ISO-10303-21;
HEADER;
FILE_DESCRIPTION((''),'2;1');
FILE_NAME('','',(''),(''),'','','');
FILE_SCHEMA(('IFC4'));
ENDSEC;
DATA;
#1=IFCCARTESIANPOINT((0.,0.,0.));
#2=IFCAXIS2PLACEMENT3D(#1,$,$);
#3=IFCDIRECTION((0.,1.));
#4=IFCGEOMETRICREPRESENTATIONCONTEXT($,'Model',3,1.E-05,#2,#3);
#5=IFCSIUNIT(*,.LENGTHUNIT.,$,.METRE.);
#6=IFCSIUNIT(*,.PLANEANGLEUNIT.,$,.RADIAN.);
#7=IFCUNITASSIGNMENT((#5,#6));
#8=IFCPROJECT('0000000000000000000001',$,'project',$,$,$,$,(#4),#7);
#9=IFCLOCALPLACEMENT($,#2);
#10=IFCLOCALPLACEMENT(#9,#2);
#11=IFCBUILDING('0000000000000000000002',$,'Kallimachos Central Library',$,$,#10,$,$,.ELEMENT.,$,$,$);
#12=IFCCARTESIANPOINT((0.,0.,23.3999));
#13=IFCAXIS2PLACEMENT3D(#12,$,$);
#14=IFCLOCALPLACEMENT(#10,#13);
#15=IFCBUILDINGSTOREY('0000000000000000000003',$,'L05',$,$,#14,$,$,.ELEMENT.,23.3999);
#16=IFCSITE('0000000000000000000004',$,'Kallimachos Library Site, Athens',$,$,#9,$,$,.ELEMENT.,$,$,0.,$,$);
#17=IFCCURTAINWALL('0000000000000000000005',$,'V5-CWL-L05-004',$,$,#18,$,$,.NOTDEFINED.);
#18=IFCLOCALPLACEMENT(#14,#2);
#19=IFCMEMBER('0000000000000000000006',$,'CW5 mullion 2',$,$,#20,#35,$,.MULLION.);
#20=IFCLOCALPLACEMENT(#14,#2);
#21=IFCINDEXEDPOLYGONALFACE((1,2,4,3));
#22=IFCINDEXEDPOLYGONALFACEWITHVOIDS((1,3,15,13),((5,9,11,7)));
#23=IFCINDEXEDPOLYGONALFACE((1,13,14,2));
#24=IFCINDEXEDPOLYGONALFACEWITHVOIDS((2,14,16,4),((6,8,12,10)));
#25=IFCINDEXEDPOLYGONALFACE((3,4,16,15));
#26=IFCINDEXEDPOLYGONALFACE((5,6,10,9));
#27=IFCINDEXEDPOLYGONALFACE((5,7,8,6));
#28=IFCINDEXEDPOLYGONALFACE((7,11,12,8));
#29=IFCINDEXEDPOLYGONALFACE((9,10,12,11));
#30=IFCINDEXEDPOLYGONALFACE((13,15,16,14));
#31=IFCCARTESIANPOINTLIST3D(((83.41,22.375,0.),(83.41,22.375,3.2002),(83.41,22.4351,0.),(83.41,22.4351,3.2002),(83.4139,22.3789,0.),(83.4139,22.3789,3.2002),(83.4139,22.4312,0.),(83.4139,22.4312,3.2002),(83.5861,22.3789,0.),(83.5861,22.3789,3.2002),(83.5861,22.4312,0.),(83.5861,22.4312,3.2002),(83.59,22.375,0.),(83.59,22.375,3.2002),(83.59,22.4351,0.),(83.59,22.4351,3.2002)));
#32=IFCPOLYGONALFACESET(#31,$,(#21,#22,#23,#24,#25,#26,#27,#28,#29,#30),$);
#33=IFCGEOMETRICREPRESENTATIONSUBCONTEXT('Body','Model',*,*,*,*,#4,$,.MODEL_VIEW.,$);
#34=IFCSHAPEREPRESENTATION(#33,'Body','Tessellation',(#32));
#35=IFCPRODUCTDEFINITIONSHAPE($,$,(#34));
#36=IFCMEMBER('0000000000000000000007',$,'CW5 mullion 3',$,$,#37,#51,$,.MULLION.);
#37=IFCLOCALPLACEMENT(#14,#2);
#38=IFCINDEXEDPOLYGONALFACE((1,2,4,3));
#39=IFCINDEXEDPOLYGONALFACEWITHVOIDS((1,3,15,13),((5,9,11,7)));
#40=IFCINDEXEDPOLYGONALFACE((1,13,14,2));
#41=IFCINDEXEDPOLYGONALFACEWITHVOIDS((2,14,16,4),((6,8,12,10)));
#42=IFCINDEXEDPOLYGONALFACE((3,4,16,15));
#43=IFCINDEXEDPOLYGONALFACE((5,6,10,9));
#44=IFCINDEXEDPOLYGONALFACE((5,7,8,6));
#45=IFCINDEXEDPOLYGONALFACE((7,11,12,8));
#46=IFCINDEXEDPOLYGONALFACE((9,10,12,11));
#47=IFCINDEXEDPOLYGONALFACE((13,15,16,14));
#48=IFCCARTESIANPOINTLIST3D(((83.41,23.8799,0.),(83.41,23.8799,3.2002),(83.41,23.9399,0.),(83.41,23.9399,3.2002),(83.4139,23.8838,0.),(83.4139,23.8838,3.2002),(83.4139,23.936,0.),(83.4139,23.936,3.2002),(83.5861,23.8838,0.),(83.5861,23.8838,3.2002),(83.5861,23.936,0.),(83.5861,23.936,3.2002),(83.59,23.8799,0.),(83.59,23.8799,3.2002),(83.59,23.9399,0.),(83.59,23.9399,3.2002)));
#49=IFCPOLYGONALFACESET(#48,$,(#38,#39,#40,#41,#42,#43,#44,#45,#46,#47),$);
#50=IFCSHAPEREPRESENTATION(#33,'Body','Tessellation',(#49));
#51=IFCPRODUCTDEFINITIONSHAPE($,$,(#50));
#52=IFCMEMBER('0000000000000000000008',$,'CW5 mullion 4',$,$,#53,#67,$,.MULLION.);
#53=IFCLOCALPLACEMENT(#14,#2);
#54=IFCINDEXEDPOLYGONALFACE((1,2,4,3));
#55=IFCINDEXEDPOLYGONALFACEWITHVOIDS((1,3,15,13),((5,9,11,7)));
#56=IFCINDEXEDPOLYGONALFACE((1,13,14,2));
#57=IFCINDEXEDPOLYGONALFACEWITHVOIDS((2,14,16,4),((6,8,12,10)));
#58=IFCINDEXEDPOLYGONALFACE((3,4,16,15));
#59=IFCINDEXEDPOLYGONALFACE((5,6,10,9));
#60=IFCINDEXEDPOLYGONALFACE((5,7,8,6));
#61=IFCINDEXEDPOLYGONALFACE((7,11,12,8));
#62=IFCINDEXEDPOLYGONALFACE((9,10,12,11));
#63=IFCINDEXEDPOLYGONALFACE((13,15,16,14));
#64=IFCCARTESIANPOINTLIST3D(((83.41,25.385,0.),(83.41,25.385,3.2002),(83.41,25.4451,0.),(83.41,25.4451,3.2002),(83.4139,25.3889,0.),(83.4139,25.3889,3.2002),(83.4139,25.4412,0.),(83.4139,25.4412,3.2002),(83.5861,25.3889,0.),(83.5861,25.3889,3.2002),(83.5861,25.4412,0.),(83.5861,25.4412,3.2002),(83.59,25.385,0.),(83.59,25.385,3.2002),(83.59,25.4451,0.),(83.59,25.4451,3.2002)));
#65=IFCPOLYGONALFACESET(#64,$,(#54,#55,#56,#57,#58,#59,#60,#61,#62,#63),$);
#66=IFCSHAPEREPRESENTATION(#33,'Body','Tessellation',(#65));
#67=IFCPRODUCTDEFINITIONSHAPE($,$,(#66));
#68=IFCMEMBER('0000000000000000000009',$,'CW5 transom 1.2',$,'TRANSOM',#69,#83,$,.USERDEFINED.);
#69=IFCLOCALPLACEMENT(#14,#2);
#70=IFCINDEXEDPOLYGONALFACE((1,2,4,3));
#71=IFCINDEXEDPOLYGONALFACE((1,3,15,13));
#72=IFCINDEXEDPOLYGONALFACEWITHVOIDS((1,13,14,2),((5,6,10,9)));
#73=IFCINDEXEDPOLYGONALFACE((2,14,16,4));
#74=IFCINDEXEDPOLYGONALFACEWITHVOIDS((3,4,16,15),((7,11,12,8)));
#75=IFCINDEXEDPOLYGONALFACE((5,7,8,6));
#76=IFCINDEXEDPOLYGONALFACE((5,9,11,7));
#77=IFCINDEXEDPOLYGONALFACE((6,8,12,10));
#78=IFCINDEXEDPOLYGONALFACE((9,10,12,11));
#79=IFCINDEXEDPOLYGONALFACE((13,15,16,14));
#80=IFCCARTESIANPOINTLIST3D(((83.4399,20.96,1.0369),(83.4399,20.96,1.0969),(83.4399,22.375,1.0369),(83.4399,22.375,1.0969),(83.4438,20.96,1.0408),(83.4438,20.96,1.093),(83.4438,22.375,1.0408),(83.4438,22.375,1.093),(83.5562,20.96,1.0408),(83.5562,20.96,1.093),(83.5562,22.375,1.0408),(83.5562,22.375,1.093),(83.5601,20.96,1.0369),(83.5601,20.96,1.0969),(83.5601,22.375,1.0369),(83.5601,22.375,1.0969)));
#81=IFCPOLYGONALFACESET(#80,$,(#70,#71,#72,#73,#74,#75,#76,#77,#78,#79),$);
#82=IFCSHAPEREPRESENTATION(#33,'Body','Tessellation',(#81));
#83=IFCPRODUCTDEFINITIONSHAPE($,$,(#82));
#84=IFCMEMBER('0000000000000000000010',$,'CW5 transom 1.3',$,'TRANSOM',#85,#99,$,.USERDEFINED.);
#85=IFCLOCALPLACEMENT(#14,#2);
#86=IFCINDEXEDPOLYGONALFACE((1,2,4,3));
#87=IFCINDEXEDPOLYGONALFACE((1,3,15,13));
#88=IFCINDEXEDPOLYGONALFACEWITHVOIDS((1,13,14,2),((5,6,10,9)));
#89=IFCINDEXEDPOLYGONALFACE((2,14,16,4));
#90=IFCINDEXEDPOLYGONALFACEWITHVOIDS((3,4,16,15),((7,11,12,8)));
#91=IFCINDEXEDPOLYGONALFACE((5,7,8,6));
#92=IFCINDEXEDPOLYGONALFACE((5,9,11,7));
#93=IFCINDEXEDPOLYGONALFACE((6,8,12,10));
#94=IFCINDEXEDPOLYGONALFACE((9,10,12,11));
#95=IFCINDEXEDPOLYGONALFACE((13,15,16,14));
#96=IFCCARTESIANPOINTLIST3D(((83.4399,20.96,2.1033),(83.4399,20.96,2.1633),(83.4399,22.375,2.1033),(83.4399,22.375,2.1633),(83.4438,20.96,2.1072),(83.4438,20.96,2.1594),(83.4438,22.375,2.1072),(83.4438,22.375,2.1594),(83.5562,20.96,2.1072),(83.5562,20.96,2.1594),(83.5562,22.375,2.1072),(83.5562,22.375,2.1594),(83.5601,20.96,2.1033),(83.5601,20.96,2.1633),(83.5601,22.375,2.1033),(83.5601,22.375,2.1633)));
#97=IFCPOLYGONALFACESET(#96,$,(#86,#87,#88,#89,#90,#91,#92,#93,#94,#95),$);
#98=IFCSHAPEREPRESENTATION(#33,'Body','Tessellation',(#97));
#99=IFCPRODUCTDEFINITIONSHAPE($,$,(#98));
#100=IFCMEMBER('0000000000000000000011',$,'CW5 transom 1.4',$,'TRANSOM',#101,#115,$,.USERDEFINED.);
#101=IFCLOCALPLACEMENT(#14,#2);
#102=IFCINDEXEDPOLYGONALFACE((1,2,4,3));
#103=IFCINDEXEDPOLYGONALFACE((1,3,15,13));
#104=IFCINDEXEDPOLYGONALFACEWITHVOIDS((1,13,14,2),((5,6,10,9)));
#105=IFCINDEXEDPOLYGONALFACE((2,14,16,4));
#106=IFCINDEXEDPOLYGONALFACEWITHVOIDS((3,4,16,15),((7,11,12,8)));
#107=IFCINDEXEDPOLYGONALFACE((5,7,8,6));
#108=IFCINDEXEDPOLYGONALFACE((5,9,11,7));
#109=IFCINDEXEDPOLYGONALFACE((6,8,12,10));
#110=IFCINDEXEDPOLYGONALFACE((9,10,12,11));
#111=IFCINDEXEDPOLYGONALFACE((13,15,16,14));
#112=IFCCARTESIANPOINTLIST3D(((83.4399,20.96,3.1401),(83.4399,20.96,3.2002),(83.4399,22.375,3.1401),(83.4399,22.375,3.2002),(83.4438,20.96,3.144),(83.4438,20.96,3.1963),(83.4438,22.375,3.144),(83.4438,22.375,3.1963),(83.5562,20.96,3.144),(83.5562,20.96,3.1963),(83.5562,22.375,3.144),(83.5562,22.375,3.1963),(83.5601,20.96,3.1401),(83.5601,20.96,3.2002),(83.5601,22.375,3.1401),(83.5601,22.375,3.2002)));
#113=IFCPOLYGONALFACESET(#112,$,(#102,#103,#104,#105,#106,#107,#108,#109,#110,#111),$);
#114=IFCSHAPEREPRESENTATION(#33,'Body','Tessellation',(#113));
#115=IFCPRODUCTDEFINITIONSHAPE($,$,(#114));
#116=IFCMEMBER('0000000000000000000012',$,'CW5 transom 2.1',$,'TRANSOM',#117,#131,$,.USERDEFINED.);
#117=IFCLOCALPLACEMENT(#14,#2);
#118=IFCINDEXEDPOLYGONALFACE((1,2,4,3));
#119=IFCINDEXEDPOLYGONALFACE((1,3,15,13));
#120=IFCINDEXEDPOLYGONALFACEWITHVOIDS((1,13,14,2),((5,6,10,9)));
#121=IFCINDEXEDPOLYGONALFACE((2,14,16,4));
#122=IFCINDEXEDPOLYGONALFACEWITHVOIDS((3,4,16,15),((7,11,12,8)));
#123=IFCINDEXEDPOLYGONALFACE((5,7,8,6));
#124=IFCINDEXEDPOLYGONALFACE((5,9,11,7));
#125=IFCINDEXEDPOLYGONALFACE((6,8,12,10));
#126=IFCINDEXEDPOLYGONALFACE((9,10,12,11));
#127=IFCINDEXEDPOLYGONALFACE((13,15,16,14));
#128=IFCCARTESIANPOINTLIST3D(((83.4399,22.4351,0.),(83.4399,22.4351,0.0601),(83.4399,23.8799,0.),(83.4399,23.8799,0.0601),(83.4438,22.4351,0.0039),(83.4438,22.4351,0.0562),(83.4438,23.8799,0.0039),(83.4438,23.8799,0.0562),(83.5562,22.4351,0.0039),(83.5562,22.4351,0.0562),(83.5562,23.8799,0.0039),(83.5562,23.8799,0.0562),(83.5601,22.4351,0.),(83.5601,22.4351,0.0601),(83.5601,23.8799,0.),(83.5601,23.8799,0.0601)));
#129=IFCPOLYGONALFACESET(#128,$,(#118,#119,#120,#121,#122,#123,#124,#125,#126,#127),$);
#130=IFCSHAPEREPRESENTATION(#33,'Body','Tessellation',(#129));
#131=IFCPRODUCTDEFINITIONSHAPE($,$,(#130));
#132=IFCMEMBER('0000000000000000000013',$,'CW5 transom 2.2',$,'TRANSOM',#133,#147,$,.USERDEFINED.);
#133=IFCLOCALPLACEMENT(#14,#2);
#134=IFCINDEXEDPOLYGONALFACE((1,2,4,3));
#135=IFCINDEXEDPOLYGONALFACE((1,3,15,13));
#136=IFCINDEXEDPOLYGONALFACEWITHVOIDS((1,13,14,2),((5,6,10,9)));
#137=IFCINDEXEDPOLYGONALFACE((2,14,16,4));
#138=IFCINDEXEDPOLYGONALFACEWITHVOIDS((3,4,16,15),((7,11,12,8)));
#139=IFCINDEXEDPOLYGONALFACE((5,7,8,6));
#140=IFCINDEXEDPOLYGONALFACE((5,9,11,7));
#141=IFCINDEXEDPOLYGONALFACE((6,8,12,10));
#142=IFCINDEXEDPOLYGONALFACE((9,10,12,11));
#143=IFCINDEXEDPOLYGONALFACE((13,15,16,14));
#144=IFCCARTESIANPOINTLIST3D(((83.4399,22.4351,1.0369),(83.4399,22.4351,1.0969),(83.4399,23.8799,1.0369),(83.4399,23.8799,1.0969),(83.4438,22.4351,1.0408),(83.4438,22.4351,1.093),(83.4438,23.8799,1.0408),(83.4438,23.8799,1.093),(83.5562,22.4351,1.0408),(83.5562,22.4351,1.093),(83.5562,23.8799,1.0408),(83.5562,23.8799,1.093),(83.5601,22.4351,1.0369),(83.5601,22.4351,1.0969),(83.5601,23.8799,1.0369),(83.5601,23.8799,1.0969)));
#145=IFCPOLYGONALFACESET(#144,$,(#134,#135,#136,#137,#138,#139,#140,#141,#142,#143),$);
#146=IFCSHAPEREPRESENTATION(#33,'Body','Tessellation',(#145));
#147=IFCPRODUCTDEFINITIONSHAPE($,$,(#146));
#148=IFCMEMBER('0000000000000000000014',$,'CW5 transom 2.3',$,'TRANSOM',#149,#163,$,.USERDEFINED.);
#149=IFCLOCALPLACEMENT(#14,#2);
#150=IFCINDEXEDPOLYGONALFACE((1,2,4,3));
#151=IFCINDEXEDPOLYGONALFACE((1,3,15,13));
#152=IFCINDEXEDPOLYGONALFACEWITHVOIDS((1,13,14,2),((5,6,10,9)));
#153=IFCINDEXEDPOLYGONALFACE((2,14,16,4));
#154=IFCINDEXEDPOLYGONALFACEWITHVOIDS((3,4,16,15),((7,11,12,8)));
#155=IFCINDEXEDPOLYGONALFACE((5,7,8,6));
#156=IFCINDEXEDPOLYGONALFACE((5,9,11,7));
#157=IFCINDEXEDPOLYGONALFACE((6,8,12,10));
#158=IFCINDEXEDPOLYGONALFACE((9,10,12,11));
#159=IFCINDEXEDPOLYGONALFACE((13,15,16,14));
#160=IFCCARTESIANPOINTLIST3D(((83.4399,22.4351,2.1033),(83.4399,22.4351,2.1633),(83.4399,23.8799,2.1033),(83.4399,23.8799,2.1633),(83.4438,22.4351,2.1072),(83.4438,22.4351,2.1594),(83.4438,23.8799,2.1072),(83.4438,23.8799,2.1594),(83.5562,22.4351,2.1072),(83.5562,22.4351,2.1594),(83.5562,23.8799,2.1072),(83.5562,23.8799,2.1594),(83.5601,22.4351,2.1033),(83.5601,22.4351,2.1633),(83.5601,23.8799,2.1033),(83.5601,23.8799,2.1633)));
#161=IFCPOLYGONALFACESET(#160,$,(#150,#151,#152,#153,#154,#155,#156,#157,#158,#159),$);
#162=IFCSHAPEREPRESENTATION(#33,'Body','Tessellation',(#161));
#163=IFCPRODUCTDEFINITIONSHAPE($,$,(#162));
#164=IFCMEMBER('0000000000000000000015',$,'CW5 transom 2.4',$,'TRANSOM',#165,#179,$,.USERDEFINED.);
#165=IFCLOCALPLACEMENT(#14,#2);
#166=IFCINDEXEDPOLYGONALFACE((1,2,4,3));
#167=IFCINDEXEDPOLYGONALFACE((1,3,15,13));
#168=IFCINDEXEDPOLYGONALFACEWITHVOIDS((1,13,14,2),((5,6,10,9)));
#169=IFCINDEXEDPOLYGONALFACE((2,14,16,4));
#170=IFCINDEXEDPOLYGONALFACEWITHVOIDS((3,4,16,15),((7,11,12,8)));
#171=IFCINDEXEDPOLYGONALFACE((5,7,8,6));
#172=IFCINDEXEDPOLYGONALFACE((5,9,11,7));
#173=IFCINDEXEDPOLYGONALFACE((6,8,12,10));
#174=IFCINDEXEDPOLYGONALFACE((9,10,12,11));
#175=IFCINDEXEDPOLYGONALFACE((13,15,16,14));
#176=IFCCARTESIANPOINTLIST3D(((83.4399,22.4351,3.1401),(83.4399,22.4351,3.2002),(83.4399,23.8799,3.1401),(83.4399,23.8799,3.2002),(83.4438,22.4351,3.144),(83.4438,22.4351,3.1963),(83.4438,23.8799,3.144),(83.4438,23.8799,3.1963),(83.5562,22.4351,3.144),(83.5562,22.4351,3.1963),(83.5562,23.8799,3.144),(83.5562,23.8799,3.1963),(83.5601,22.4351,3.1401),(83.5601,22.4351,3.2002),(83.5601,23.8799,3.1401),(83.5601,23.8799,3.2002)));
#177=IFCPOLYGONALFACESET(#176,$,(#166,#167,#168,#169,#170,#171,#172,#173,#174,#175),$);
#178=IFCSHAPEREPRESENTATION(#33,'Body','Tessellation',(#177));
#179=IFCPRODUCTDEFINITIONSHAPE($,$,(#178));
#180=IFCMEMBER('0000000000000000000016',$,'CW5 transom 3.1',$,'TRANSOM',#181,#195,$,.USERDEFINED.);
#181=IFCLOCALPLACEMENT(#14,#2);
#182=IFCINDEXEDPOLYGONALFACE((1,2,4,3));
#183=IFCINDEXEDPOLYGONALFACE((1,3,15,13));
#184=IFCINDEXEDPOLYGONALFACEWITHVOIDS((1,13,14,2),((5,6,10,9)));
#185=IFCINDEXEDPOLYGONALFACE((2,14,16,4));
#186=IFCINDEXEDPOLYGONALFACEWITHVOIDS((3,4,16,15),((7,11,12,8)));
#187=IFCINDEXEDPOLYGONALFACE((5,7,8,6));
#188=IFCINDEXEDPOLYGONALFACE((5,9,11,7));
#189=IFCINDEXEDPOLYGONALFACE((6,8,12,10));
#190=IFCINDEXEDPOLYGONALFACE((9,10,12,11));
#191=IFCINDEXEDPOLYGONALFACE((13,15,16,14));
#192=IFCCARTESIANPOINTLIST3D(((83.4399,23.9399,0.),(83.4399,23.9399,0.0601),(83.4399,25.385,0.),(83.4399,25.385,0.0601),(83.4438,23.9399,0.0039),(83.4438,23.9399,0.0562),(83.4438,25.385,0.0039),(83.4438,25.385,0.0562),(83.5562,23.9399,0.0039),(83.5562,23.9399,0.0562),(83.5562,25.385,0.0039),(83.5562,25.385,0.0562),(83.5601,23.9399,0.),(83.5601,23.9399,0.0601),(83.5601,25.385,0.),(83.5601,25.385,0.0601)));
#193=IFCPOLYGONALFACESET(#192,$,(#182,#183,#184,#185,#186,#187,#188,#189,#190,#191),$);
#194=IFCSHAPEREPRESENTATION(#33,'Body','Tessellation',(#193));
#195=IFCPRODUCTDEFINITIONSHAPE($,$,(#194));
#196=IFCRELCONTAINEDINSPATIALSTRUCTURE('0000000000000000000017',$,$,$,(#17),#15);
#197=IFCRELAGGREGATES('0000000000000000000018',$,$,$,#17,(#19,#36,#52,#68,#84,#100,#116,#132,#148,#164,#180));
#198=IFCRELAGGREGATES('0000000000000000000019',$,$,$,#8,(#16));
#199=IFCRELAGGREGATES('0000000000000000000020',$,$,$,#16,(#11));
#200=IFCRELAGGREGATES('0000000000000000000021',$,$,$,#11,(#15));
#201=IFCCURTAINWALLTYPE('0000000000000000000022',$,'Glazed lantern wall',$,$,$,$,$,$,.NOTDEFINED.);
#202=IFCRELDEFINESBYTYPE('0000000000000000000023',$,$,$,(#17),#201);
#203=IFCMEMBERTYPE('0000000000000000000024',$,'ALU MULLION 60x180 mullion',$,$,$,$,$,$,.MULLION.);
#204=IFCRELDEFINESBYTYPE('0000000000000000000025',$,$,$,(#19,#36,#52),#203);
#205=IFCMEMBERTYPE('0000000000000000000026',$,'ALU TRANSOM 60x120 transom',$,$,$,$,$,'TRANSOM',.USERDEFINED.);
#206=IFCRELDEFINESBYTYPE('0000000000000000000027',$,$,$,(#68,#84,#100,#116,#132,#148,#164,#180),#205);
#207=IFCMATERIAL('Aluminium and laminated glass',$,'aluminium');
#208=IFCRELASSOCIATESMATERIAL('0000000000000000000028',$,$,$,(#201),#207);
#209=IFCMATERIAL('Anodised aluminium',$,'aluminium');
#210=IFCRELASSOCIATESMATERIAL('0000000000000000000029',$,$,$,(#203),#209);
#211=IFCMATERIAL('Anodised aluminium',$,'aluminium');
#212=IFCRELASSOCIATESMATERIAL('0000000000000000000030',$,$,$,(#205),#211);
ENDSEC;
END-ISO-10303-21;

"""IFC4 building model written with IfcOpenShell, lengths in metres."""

from ifc_helpers import new_model, si_unit, direction, frame, origin, origin_2d, place, context, subcontext, project, spatial, hollow_rectangle, extrude, material, material_profile, profile_set, type_object, element, aggregate, save


model = new_model("IFC4")

# Units and contexts
model_context = context("Model", 3, precision=1e-05, world=origin(), true_north=direction((0.0, 1.0)))
body_context = subcontext(model_context, "Body", "Model", "MODEL_VIEW")
ifc_project = project(units=[si_unit("LENGTHUNIT", "METRE"), si_unit("PLANEANGLEUNIT", "RADIAN")], contexts=[model_context])

# Site, building, storey
site_placement = place(None, origin())
site = spatial("IfcSite", under=ifc_project, at=site_placement, Name="Kallimachos Library Site, Athens", CompositionType="ELEMENT", RefElevation=0.0)
building_placement = place(site_placement, origin())
building = spatial("IfcBuilding", under=site, at=building_placement, Name="Kallimachos Central Library", CompositionType="ELEMENT")
storey_placement = place(building_placement, frame((0.0, 0.0, 23.3999)))
storey = spatial("IfcBuildingStorey", under=building, at=storey_placement, Name="L05", CompositionType="ELEMENT", Elevation=23.3999)

# Curtain wall, members
ifc_material_1 = material(Name="Aluminium and laminated glass", Category="aluminium")
curtain_wall_type = type_object("IfcCurtainWallType", Name="Glazed lantern wall", PredefinedType="NOTDEFINED", material=ifc_material_1)
curtain_wall_placement = place(storey_placement, origin())
curtain_wall = element("IfcCurtainWall", 1, at=curtain_wall_placement, inside=storey, type_object=curtain_wall_type, Name="V5-CWL-L05-004", PredefinedType="NOTDEFINED")
ifc_material_2 = material(Name="Anodised aluminium", Category="aluminium")
ifc_material_profile_1 = material_profile(ifc_material_2, hollow_rectangle(XDim=0.0601, YDim=0.1799, WallThickness=0.0039, at=origin_2d()), Name="ALU MULLION 60x180")
ifc_profile_set_1 = profile_set([ifc_material_profile_1], Name="Anodised aluminium")
member_type_1 = type_object("IfcMemberType", Name="ALU MULLION 60x180 mullion", PredefinedType="MULLION", material=ifc_profile_set_1)
member_1_placement = place(storey_placement, frame((83.5, 22.405, 0.0), z_axis=(0.0, 0.0, 1.0), x_axis=(0.0, 1.0, 0.0)))
member_1 = element("IfcMember", 2, at=member_1_placement, type_object=member_type_1, Name="CW5 mullion 2", PredefinedType="MULLION", context=body_context, shape_type="SweptSolid", body=[
    extrude(hollow_rectangle(XDim=0.0601, YDim=0.1799, WallThickness=0.0039, at=origin_2d()), origin(), (0.0, 0.0, 1.0), 3.2002),
])
member_2_placement = place(storey_placement, frame((83.5, 23.9099, 0.0), z_axis=(0.0, 0.0, 1.0), x_axis=(0.0, 1.0, 0.0)))
member_2 = element("IfcMember", 3, at=member_2_placement, type_object=member_type_1, Name="CW5 mullion 3", PredefinedType="MULLION", context=body_context, shape_type="SweptSolid", body=[
    extrude(hollow_rectangle(XDim=0.0601, YDim=0.1799, WallThickness=0.0039, at=origin_2d()), origin(), (0.0, 0.0, 1.0), 3.2002),
])
member_3_placement = place(storey_placement, frame((83.5, 25.415, 0.0), z_axis=(0.0, 0.0, 1.0), x_axis=(0.0, 1.0, 0.0)))
member_3 = element("IfcMember", 4, at=member_3_placement, type_object=member_type_1, Name="CW5 mullion 4", PredefinedType="MULLION", context=body_context, shape_type="SweptSolid", body=[
    extrude(hollow_rectangle(XDim=0.0601, YDim=0.1799, WallThickness=0.0039, at=origin_2d()), origin(), (0.0, 0.0, 1.0), 3.2002),
])
ifc_material_3 = material(Name="Anodised aluminium", Category="aluminium")
ifc_material_profile_2 = material_profile(ifc_material_3, hollow_rectangle(XDim=0.0601, YDim=0.1201, WallThickness=0.0039, at=origin_2d()), Name="ALU TRANSOM 60x120")
ifc_profile_set_2 = profile_set([ifc_material_profile_2], Name="Anodised aluminium")
member_type_2 = type_object("IfcMemberType", Name="ALU TRANSOM 60x120 transom", ElementType="TRANSOM", PredefinedType="USERDEFINED", material=ifc_profile_set_2)
member_4_placement = place(storey_placement, frame((83.5, 20.96, 1.0669), z_axis=(0.0, 1.0, 0.0), x_axis=(0.0, 0.0, 1.0)))
member_4 = element("IfcMember", 5, at=member_4_placement, type_object=member_type_2, Name="CW5 transom 1.2", ObjectType="TRANSOM", PredefinedType="USERDEFINED", context=body_context, shape_type="SweptSolid", body=[
    extrude(hollow_rectangle(XDim=0.0601, YDim=0.1201, WallThickness=0.0039, at=origin_2d()), origin(), (0.0, 0.0, 1.0), 1.415),
])
member_5_placement = place(storey_placement, frame((83.5, 20.96, 2.1333), z_axis=(0.0, 1.0, 0.0), x_axis=(0.0, 0.0, 1.0)))
member_5 = element("IfcMember", 6, at=member_5_placement, type_object=member_type_2, Name="CW5 transom 1.3", ObjectType="TRANSOM", PredefinedType="USERDEFINED", context=body_context, shape_type="SweptSolid", body=[
    extrude(hollow_rectangle(XDim=0.0601, YDim=0.1201, WallThickness=0.0039, at=origin_2d()), origin(), (0.0, 0.0, 1.0), 1.415),
])
member_6_placement = place(storey_placement, frame((83.5, 20.96, 3.1702), z_axis=(0.0, 1.0, 0.0), x_axis=(0.0, 0.0, 1.0)))
member_6 = element("IfcMember", 7, at=member_6_placement, type_object=member_type_2, Name="CW5 transom 1.4", ObjectType="TRANSOM", PredefinedType="USERDEFINED", context=body_context, shape_type="SweptSolid", body=[
    extrude(hollow_rectangle(XDim=0.0601, YDim=0.1201, WallThickness=0.0039, at=origin_2d()), origin(), (0.0, 0.0, 1.0), 1.415),
])
member_7_placement = place(storey_placement, frame((83.5, 22.4351, 0.03), z_axis=(0.0, 1.0, 0.0), x_axis=(0.0, 0.0, 1.0)))
member_7 = element("IfcMember", 8, at=member_7_placement, type_object=member_type_2, Name="CW5 transom 2.1", ObjectType="TRANSOM", PredefinedType="USERDEFINED", context=body_context, shape_type="SweptSolid", body=[
    extrude(hollow_rectangle(XDim=0.0601, YDim=0.1201, WallThickness=0.0039, at=origin_2d()), origin(), (0.0, 0.0, 1.0), 1.4448),
])
member_8_placement = place(storey_placement, frame((83.5, 22.4351, 1.0669), z_axis=(0.0, 1.0, 0.0), x_axis=(0.0, 0.0, 1.0)))
member_8 = element("IfcMember", 9, at=member_8_placement, type_object=member_type_2, Name="CW5 transom 2.2", ObjectType="TRANSOM", PredefinedType="USERDEFINED", context=body_context, shape_type="SweptSolid", body=[
    extrude(hollow_rectangle(XDim=0.0601, YDim=0.1201, WallThickness=0.0039, at=origin_2d()), origin(), (0.0, 0.0, 1.0), 1.4448),
])
member_9_placement = place(storey_placement, frame((83.5, 22.4351, 2.1333), z_axis=(0.0, 1.0, 0.0), x_axis=(0.0, 0.0, 1.0)))
member_9 = element("IfcMember", 10, at=member_9_placement, type_object=member_type_2, Name="CW5 transom 2.3", ObjectType="TRANSOM", PredefinedType="USERDEFINED", context=body_context, shape_type="SweptSolid", body=[
    extrude(hollow_rectangle(XDim=0.0601, YDim=0.1201, WallThickness=0.0039, at=origin_2d()), origin(), (0.0, 0.0, 1.0), 1.4448),
])
member_10_placement = place(storey_placement, frame((83.5, 22.4351, 3.1702), z_axis=(0.0, 1.0, 0.0), x_axis=(0.0, 0.0, 1.0)))
member_10 = element("IfcMember", 11, at=member_10_placement, type_object=member_type_2, Name="CW5 transom 2.4", ObjectType="TRANSOM", PredefinedType="USERDEFINED", context=body_context, shape_type="SweptSolid", body=[
    extrude(hollow_rectangle(XDim=0.0601, YDim=0.1201, WallThickness=0.0039, at=origin_2d()), origin(), (0.0, 0.0, 1.0), 1.4448),
])
member_11_placement = place(storey_placement, frame((83.5, 23.9399, 0.03), z_axis=(0.0, 1.0, 0.0), x_axis=(0.0, 0.0, 1.0)))
member_11 = element("IfcMember", 12, at=member_11_placement, type_object=member_type_2, Name="CW5 transom 3.1", ObjectType="TRANSOM", PredefinedType="USERDEFINED", context=body_context, shape_type="SweptSolid", body=[
    extrude(hollow_rectangle(XDim=0.0601, YDim=0.1201, WallThickness=0.0039, at=origin_2d()), origin(), (0.0, 0.0, 1.0), 1.4451),
])
aggregate(curtain_wall, [member_1, member_2, member_3, member_4, member_5, member_6, member_7, member_8, member_9, member_10, member_11])

save(model, "model.ifc")
